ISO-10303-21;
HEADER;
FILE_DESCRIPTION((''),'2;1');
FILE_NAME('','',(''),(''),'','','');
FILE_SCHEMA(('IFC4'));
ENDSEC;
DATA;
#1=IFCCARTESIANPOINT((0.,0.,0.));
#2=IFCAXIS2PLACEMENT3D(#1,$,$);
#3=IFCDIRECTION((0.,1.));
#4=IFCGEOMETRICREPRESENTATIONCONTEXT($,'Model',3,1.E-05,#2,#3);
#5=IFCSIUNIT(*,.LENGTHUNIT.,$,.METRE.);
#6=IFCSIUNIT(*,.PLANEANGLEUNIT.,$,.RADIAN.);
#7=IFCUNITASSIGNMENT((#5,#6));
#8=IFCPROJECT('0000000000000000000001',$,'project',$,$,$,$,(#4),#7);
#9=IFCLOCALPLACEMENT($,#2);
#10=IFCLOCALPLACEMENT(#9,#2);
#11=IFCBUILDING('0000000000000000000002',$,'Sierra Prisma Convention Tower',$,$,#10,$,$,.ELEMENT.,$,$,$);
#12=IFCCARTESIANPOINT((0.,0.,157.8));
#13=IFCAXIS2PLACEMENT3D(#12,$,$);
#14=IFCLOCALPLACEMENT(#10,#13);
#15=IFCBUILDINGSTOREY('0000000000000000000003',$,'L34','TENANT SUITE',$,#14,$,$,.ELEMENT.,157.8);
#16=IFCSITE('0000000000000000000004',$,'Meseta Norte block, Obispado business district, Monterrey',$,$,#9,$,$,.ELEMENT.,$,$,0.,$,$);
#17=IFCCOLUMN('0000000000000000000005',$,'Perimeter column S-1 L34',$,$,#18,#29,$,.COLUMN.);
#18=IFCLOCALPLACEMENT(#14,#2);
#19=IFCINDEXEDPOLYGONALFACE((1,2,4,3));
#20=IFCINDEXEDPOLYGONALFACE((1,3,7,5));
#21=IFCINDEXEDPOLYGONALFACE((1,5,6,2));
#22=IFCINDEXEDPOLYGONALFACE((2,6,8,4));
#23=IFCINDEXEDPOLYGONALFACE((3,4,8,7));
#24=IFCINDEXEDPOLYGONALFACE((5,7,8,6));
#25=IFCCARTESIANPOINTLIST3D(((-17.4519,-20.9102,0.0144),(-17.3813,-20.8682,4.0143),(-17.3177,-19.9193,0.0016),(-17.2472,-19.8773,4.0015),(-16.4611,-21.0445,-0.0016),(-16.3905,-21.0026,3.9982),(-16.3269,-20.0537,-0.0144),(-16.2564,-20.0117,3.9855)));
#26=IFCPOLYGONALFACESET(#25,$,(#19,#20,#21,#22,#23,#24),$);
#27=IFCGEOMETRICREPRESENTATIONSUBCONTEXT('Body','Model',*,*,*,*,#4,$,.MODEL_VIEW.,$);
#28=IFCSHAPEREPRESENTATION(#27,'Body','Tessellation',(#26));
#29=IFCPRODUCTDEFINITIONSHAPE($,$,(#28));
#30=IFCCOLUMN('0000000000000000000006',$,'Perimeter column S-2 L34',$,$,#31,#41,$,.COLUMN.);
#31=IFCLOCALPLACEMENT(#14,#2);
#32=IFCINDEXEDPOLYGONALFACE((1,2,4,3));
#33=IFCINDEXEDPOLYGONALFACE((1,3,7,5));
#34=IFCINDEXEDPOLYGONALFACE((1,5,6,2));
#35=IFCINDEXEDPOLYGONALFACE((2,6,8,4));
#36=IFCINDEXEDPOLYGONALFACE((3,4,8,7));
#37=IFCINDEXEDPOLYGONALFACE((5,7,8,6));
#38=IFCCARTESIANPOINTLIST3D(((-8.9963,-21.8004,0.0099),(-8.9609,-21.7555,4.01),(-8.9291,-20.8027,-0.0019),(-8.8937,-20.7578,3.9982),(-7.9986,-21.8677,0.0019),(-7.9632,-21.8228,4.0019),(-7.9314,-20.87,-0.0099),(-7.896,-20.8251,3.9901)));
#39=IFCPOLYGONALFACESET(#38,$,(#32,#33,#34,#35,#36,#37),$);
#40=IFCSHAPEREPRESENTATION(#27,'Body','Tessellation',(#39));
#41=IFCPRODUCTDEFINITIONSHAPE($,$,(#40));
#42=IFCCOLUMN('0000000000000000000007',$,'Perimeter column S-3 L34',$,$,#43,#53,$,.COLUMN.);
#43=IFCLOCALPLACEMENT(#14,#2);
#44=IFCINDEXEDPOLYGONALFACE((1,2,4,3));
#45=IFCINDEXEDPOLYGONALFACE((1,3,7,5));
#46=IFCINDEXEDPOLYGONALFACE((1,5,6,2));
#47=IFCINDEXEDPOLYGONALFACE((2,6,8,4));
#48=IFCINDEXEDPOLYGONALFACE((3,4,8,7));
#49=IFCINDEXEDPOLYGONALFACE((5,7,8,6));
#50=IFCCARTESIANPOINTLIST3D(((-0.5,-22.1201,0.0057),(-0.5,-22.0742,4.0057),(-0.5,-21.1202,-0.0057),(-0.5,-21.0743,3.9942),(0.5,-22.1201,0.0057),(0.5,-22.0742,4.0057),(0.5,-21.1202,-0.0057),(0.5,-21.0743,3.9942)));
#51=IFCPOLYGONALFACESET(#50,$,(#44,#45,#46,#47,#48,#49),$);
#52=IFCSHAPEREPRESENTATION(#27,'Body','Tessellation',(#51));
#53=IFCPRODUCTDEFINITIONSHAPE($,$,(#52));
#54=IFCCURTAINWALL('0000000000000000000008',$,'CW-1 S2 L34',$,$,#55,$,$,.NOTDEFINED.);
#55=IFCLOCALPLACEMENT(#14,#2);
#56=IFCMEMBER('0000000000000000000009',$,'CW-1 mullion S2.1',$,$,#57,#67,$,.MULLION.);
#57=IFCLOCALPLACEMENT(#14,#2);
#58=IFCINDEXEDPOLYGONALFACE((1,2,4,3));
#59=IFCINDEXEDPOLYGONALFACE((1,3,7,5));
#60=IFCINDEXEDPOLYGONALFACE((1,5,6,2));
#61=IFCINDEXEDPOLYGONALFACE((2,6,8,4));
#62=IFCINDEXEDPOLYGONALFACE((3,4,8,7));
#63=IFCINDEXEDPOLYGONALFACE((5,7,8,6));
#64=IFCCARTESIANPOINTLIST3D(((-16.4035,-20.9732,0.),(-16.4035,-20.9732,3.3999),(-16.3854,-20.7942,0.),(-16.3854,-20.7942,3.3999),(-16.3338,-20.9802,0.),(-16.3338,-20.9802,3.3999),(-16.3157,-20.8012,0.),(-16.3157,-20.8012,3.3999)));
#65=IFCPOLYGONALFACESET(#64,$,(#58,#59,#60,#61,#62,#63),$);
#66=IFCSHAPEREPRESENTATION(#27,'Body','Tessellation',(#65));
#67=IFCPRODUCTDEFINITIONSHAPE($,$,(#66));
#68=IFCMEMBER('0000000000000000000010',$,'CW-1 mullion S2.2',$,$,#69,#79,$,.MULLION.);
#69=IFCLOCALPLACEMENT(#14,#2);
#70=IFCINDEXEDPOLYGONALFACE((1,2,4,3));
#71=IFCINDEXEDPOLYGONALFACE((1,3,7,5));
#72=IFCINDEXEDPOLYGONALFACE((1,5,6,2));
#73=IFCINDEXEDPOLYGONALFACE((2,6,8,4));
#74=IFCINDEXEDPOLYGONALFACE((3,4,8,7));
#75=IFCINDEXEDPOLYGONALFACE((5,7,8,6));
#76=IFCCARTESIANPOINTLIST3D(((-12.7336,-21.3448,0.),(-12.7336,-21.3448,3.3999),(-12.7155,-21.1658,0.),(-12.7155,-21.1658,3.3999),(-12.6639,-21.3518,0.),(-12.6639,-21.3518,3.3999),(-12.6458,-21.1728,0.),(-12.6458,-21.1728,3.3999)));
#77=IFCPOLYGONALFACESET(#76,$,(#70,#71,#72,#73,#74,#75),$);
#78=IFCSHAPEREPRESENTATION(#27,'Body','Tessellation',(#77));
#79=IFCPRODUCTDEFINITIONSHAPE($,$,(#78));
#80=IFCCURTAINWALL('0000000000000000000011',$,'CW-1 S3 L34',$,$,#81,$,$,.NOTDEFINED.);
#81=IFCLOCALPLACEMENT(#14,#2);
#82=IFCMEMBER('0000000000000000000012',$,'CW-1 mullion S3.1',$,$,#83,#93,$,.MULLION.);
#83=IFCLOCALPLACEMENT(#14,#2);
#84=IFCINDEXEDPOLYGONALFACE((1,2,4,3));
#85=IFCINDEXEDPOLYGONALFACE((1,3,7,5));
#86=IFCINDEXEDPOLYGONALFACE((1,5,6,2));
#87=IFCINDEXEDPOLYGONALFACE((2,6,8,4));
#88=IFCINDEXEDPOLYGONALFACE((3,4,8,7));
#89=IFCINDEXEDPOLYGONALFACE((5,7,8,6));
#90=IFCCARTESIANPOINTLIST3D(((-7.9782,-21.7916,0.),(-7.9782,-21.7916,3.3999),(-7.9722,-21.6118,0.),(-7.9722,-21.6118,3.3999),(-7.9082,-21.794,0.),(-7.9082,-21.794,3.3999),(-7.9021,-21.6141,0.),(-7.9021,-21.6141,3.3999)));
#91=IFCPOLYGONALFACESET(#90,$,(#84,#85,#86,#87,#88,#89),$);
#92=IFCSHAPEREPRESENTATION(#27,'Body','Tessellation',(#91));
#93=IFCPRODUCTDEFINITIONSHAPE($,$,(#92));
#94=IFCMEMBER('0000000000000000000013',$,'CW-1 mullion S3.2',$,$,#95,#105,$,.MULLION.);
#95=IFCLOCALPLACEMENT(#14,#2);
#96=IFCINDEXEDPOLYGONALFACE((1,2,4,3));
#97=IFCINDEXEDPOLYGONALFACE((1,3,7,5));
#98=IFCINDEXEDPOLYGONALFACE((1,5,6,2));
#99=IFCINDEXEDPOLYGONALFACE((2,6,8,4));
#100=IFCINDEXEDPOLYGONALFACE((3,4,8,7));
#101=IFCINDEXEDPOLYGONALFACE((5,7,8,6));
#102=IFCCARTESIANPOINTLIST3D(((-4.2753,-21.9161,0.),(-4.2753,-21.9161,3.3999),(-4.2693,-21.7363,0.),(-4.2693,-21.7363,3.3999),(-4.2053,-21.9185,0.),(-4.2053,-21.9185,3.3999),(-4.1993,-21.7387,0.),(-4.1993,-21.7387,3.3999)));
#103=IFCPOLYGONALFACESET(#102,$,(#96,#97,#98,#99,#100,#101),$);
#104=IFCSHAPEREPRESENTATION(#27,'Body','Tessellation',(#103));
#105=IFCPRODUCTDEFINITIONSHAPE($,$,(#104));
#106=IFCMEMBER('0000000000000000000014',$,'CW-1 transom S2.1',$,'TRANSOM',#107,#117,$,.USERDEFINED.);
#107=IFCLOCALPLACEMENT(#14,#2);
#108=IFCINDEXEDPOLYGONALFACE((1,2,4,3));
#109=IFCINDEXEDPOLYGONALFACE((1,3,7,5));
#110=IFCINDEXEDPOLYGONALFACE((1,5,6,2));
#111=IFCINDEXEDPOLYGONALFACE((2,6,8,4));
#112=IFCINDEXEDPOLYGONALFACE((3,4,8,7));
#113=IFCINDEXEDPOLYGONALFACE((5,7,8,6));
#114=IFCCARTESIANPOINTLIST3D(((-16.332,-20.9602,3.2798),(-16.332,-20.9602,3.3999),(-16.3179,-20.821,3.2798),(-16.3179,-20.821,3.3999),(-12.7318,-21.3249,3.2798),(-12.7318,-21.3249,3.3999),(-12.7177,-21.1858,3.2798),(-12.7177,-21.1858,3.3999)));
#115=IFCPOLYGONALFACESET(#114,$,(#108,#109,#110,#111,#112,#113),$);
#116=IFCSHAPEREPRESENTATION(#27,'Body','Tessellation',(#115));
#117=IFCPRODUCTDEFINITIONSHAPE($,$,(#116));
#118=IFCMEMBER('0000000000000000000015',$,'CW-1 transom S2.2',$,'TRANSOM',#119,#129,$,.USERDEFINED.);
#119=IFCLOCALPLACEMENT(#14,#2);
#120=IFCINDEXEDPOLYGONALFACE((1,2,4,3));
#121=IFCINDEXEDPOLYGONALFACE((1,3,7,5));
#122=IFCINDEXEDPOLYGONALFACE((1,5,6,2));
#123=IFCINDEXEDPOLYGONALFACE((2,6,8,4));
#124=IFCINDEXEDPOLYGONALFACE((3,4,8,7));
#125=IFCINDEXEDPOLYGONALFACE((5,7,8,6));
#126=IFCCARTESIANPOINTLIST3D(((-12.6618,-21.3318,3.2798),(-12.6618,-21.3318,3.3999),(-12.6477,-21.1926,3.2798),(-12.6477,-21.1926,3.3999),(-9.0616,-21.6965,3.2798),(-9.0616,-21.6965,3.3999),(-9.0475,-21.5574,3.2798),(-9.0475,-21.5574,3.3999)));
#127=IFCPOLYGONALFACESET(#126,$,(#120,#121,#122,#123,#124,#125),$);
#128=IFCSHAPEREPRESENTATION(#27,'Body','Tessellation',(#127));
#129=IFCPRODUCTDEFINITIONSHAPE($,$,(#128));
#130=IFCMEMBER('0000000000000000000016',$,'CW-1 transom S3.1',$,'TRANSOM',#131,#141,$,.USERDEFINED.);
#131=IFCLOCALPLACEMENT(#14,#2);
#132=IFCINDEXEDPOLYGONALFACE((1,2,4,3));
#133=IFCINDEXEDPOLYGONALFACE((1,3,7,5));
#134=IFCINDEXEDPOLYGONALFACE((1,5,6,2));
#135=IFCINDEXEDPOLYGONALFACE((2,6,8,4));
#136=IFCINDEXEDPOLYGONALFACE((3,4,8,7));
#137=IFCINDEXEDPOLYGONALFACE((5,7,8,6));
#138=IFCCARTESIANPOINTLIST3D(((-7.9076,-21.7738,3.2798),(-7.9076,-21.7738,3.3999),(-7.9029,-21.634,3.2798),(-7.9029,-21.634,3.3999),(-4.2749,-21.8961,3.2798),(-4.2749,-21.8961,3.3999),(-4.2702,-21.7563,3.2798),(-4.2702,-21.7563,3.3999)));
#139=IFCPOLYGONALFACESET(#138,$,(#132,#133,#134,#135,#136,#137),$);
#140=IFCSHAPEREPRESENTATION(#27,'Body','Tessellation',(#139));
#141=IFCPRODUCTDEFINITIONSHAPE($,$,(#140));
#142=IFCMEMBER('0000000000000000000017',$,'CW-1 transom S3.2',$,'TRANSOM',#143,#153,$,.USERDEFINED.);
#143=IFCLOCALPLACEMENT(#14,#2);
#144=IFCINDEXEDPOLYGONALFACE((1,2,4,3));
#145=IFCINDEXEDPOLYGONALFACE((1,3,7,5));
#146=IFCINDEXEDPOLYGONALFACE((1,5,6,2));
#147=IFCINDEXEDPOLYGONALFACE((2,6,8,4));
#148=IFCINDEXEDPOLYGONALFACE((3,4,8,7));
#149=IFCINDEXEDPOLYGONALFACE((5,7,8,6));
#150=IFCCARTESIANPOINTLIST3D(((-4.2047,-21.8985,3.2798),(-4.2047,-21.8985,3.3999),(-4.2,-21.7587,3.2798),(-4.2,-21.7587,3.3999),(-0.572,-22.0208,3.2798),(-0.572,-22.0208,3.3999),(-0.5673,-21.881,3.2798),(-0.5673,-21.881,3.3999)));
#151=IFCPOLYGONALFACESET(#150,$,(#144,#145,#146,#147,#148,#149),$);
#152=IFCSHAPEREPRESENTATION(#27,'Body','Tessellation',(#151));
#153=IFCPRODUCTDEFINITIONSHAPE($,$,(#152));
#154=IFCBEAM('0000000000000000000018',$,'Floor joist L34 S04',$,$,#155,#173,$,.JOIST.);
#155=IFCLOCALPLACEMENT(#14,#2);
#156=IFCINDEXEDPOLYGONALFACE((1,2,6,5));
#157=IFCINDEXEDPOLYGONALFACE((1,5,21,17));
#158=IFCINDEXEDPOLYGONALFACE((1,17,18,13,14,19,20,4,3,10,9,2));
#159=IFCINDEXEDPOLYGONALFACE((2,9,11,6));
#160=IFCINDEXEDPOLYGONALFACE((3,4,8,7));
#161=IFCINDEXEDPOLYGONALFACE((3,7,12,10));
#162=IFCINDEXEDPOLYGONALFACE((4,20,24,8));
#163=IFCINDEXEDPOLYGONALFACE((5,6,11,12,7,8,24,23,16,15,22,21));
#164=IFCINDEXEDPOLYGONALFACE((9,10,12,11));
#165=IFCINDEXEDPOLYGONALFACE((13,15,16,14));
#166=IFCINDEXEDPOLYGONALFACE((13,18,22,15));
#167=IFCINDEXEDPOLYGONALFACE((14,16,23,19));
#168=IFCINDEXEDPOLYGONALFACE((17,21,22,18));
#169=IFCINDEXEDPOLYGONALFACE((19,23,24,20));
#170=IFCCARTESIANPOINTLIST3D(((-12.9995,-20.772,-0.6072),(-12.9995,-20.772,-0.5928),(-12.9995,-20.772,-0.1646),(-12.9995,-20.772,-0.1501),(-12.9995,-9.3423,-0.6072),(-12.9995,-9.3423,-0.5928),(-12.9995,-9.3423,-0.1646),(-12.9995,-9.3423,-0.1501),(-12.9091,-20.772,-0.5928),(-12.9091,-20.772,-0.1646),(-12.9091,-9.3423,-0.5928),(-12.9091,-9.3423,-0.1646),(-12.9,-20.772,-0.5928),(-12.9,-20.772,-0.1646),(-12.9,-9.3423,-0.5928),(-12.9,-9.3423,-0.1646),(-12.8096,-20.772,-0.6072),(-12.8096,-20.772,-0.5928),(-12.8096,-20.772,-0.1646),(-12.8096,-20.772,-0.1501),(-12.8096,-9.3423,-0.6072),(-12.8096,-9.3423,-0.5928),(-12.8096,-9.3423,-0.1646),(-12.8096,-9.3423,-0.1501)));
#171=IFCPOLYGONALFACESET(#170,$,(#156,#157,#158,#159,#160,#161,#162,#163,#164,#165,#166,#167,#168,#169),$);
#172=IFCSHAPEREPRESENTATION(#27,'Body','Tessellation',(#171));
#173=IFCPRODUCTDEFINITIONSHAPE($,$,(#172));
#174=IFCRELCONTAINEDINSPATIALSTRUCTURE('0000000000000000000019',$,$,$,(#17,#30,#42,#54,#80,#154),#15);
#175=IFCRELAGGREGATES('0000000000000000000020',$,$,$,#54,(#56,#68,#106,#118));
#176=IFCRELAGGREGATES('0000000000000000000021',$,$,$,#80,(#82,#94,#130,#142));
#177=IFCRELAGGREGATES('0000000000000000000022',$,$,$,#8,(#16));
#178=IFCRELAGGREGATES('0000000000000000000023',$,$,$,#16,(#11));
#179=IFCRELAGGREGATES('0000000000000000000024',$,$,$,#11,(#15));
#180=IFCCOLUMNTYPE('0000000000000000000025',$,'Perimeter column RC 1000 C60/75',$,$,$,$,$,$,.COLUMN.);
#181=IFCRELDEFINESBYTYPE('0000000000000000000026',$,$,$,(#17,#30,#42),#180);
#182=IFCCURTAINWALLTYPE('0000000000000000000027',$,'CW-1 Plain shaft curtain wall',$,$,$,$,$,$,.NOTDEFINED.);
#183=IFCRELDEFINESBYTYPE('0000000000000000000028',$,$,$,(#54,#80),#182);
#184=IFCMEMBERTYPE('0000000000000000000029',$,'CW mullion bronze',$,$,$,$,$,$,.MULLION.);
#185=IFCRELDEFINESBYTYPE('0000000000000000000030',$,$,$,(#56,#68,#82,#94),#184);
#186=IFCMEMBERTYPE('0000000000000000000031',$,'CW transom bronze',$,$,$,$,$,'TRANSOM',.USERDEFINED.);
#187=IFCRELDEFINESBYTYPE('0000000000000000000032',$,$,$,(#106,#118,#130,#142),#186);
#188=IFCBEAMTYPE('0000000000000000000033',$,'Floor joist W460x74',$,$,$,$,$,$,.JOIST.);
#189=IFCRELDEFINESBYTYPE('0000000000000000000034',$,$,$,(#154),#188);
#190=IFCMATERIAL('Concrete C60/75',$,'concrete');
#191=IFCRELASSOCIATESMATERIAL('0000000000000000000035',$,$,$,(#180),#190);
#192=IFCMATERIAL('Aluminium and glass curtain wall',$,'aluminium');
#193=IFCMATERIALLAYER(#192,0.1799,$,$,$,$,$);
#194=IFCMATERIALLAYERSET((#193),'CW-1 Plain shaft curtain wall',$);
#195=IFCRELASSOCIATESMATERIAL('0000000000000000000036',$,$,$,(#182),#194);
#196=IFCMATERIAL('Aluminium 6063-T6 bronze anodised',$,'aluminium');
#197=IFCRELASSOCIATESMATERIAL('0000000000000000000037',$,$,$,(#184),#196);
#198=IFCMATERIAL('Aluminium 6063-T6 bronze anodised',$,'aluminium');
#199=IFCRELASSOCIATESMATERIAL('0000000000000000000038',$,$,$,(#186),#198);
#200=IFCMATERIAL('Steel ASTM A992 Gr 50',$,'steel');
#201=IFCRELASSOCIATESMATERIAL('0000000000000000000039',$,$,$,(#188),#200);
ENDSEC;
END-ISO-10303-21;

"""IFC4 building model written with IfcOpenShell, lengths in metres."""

from ifc_helpers import new_model, si_unit, direction, frame, origin, origin_2d, place, context, subcontext, project, spatial, rectangle, i_section, extrude, material, layer, layer_set, material_profile, profile_set, type_object, element, aggregate, save


model = new_model("IFC4")

# Units and contexts
model_context = context("Model", 3, precision=1e-05, world=origin(), true_north=direction((0.0, 1.0)))
body_context = subcontext(model_context, "Body", "Model", "MODEL_VIEW")
ifc_project = project(units=[si_unit("LENGTHUNIT", "METRE"), si_unit("PLANEANGLEUNIT", "RADIAN")], contexts=[model_context])

# Site, building, storey
site_placement = place(None, origin())
site = spatial("IfcSite", under=ifc_project, at=site_placement, Name="Meseta Norte block, Obispado business district, Monterrey", CompositionType="ELEMENT", RefElevation=0.0)
building_placement = place(site_placement, origin())
building = spatial("IfcBuilding", under=site, at=building_placement, Name="Sierra Prisma Convention Tower", CompositionType="ELEMENT")
storey_placement = place(building_placement, frame((0.0, 0.0, 157.8)))
storey = spatial("IfcBuildingStorey", under=building, at=storey_placement, Name="L34", Description="TENANT SUITE", CompositionType="ELEMENT", Elevation=157.8)

# Columns
ifc_material_1 = material(Name="Concrete C60/75", Category="concrete")
ifc_material_profile_1 = material_profile(ifc_material_1, rectangle(XDim=1.0, YDim=1.0, at=origin_2d()), Name="Perimeter column RC 1000 C60/75")
ifc_profile_set_1 = profile_set([ifc_material_profile_1], Name="Concrete C60/75")
column_type = type_object("IfcColumnType", Name="Perimeter column RC 1000 C60/75", PredefinedType="COLUMN", material=ifc_profile_set_1)
column_1_placement = place(storey_placement, frame((-16.8894, -20.4819, 0.0), z_axis=(0.017635, 0.010496, 0.999789), x_axis=(-0.990805, 0.134339, 0.016067)))
element("IfcColumn", 1, at=column_1_placement, inside=storey, type_object=column_type, Name="Perimeter column S-1 L34", PredefinedType="COLUMN", context=body_context, shape_type="SweptSolid", body=[
    extrude(rectangle(XDim=1.0, YDim=1.0, at=origin_2d()), origin(), (0.0, 0.0, 1.0), 4.0007),
])
column_2_placement = place(storey_placement, frame((-8.4639, -21.3352, 0.0), z_axis=(0.008849, 0.011229, 0.999898), x_axis=(-0.997698, 0.067328, 0.008074)))
element("IfcColumn", 2, at=column_2_placement, inside=storey, type_object=column_type, Name="Perimeter column S-2 L34", PredefinedType="COLUMN", context=body_context, shape_type="SweptSolid", body=[
    extrude(rectangle(XDim=1.0, YDim=1.0, at=origin_2d()), origin(), (0.0, 0.0, 1.0), 4.0005),
])
column_3_placement = place(storey_placement, frame((0.0, -21.6201, 0.0), z_axis=(0.0, 0.011474, 0.999934), x_axis=(1.0, 0.0, 0.0)))
element("IfcColumn", 3, at=column_3_placement, inside=storey, type_object=column_type, Name="Perimeter column S-3 L34", PredefinedType="COLUMN", context=body_context, shape_type="SweptSolid", body=[
    extrude(rectangle(XDim=1.0, YDim=1.0, at=origin_2d()), origin(), (0.0, 0.0, 1.0), 4.0002),
])

# Curtain walls, members
ifc_material_2 = material(Name="Aluminium and glass curtain wall", Category="aluminium")
ifc_layer_1 = layer(ifc_material_2, 0.1799)
ifc_layer_set_1 = layer_set([ifc_layer_1], Name="CW-1 Plain shaft curtain wall")
curtain_wall_type_1 = type_object("IfcCurtainWallType", Name="CW-1 Plain shaft curtain wall", PredefinedType="NOTDEFINED", material=ifc_layer_set_1)
curtain_wall_1_placement = place(storey_placement, origin())
curtain_wall_1 = element("IfcCurtainWall", 4, at=curtain_wall_1_placement, inside=storey, type_object=curtain_wall_type_1, Name="CW-1 S2 L34", PredefinedType="NOTDEFINED")
ifc_material_3 = material(Name="Aluminium 6063-T6 bronze anodised", Category="aluminium")
ifc_material_profile_2 = material_profile(ifc_material_3, rectangle(XDim=0.1799, YDim=0.0701, at=origin_2d()), Name="ALU MULLION 70x180")
ifc_profile_set_2 = profile_set([ifc_material_profile_2], Name="Aluminium 6063-T6 bronze anodised")
member_type_1 = type_object("IfcMemberType", Name="CW mullion bronze", PredefinedType="MULLION", material=ifc_profile_set_2)
member_1_placement = place(storey_placement, frame((-16.3596, -20.8872, 0.0), z_axis=(0.0, 0.0, 1.0), x_axis=(0.100755, 0.994911, 0.0)))
member_1 = element("IfcMember", 5, at=member_1_placement, type_object=member_type_1, Name="CW-1 mullion S2.1", PredefinedType="MULLION", context=body_context, shape_type="SweptSolid", body=[
    extrude(rectangle(XDim=0.1799, YDim=0.0701, at=origin_2d()), origin(), (0.0, 0.0, 1.0), 3.3999),
])
member_2_placement = place(storey_placement, frame((-12.6897, -21.2588, 0.0), z_axis=(0.0, 0.0, 1.0), x_axis=(0.100755, 0.994911, 0.0)))
member_2 = element("IfcMember", 6, at=member_2_placement, type_object=member_type_1, Name="CW-1 mullion S2.2", PredefinedType="MULLION", context=body_context, shape_type="SweptSolid", body=[
    extrude(rectangle(XDim=0.1799, YDim=0.0701, at=origin_2d()), origin(), (0.0, 0.0, 1.0), 3.3999),
])
curtain_wall_2_placement = place(storey_placement, origin())
curtain_wall_2 = element("IfcCurtainWall", 7, at=curtain_wall_2_placement, inside=storey, type_object=curtain_wall_type_1, Name="CW-1 S3 L34", PredefinedType="NOTDEFINED")
member_3_placement = place(storey_placement, frame((-7.9402, -21.7029, 0.0), z_axis=(0.0, 0.0, 1.0), x_axis=(0.033636, 0.999434, 0.0)))
member_3 = element("IfcMember", 8, at=member_3_placement, type_object=member_type_1, Name="CW-1 mullion S3.1", PredefinedType="MULLION", context=body_context, shape_type="SweptSolid", body=[
    extrude(rectangle(XDim=0.1799, YDim=0.0701, at=origin_2d()), origin(), (0.0, 0.0, 1.0), 3.3999),
])
member_4_placement = place(storey_placement, frame((-4.2373, -21.8274, 0.0), z_axis=(0.0, 0.0, 1.0), x_axis=(0.033636, 0.999434, 0.0)))
member_4 = element("IfcMember", 9, at=member_4_placement, type_object=member_type_1, Name="CW-1 mullion S3.2", PredefinedType="MULLION", context=body_context, shape_type="SweptSolid", body=[
    extrude(rectangle(XDim=0.1799, YDim=0.0701, at=origin_2d()), origin(), (0.0, 0.0, 1.0), 3.3999),
])

# Members
ifc_material_4 = material(Name="Aluminium 6063-T6 bronze anodised", Category="aluminium")
ifc_material_profile_3 = material_profile(ifc_material_4, rectangle(XDim=0.1399, YDim=0.1201, at=origin_2d()), Name="ALU TRANSOM 120x140")
ifc_profile_set_3 = profile_set([ifc_material_profile_3], Name="Aluminium 6063-T6 bronze anodised")
member_type_2 = type_object("IfcMemberType", Name="CW transom bronze", ElementType="TRANSOM", PredefinedType="USERDEFINED", material=ifc_profile_set_3)
member_5_placement = place(storey_placement, frame((-16.325, -20.8906, 3.3398), z_axis=(0.994907, -0.100793, 0.0), x_axis=(0.100793, 0.994907, 0.0)))
member_5 = element("IfcMember", 10, at=member_5_placement, type_object=member_type_2, Name="CW-1 transom S2.1", ObjectType="TRANSOM", PredefinedType="USERDEFINED", context=body_context, shape_type="SweptSolid", body=[
    extrude(rectangle(XDim=0.1399, YDim=0.1201, at=origin_2d()), origin(), (0.0, 0.0, 1.0), 3.6187),
])
member_6_placement = place(storey_placement, frame((-12.6548, -21.2622, 3.3398), z_axis=(0.994907, -0.100793, 0.0), x_axis=(0.100793, 0.994907, 0.0)))
member_6 = element("IfcMember", 11, at=member_6_placement, type_object=member_type_2, Name="CW-1 transom S2.2", ObjectType="TRANSOM", PredefinedType="USERDEFINED", context=body_context, shape_type="SweptSolid", body=[
    extrude(rectangle(XDim=0.1399, YDim=0.1201, at=origin_2d()), origin(), (0.0, 0.0, 1.0), 3.6187),
])
member_7_placement = place(storey_placement, frame((-7.9053, -21.7039, 3.3398), z_axis=(0.999434, -0.03365, 0.0), x_axis=(0.03365, 0.999434, 0.0)))
member_7 = element("IfcMember", 12, at=member_7_placement, type_object=member_type_2, Name="CW-1 transom S3.1", ObjectType="TRANSOM", PredefinedType="USERDEFINED", context=body_context, shape_type="SweptSolid", body=[
    extrude(rectangle(XDim=0.1399, YDim=0.1201, at=origin_2d()), origin(), (0.0, 0.0, 1.0), 3.6348),
])
member_8_placement = place(storey_placement, frame((-4.2024, -21.8286, 3.3398), z_axis=(0.999434, -0.03365, 0.0), x_axis=(0.03365, 0.999434, 0.0)))
member_8 = element("IfcMember", 13, at=member_8_placement, type_object=member_type_2, Name="CW-1 transom S3.2", ObjectType="TRANSOM", PredefinedType="USERDEFINED", context=body_context, shape_type="SweptSolid", body=[
    extrude(rectangle(XDim=0.1399, YDim=0.1201, at=origin_2d()), origin(), (0.0, 0.0, 1.0), 3.6348),
])

# Beam
ifc_material_5 = material(Name="Steel ASTM A992 Gr 50", Category="steel")
ifc_material_profile_4 = material_profile(ifc_material_5, i_section(OverallWidth=0.1899, OverallDepth=0.457, WebThickness=0.009, FlangeThickness=0.0144, at=origin_2d()), Name="W460x74")
ifc_profile_set_4 = profile_set([ifc_material_profile_4], Name="Steel ASTM A992 Gr 50")
beam_type_1 = type_object("IfcBeamType", Name="Floor joist W460x74", PredefinedType="JOIST", material=ifc_profile_set_4)
beam_1_placement = place(storey_placement, frame((-12.9045, -20.772, -0.3787), z_axis=(0.0, 1.0, 0.0), x_axis=(-1.0, 0.0, 0.0)))
element("IfcBeam", 14, at=beam_1_placement, inside=storey, type_object=beam_type_1, Name="Floor joist L34 S04", PredefinedType="JOIST", context=body_context, shape_type="SweptSolid", body=[
    extrude(i_section(OverallWidth=0.1899, OverallDepth=0.457, WebThickness=0.009, FlangeThickness=0.0144, at=origin_2d()), origin(), (0.0, 0.0, 1.0), 11.4297),
])

aggregate(curtain_wall_1, [member_1, member_2, member_5, member_6])
aggregate(curtain_wall_2, [member_3, member_4, member_7, member_8])

save(model, "model.ifc")
